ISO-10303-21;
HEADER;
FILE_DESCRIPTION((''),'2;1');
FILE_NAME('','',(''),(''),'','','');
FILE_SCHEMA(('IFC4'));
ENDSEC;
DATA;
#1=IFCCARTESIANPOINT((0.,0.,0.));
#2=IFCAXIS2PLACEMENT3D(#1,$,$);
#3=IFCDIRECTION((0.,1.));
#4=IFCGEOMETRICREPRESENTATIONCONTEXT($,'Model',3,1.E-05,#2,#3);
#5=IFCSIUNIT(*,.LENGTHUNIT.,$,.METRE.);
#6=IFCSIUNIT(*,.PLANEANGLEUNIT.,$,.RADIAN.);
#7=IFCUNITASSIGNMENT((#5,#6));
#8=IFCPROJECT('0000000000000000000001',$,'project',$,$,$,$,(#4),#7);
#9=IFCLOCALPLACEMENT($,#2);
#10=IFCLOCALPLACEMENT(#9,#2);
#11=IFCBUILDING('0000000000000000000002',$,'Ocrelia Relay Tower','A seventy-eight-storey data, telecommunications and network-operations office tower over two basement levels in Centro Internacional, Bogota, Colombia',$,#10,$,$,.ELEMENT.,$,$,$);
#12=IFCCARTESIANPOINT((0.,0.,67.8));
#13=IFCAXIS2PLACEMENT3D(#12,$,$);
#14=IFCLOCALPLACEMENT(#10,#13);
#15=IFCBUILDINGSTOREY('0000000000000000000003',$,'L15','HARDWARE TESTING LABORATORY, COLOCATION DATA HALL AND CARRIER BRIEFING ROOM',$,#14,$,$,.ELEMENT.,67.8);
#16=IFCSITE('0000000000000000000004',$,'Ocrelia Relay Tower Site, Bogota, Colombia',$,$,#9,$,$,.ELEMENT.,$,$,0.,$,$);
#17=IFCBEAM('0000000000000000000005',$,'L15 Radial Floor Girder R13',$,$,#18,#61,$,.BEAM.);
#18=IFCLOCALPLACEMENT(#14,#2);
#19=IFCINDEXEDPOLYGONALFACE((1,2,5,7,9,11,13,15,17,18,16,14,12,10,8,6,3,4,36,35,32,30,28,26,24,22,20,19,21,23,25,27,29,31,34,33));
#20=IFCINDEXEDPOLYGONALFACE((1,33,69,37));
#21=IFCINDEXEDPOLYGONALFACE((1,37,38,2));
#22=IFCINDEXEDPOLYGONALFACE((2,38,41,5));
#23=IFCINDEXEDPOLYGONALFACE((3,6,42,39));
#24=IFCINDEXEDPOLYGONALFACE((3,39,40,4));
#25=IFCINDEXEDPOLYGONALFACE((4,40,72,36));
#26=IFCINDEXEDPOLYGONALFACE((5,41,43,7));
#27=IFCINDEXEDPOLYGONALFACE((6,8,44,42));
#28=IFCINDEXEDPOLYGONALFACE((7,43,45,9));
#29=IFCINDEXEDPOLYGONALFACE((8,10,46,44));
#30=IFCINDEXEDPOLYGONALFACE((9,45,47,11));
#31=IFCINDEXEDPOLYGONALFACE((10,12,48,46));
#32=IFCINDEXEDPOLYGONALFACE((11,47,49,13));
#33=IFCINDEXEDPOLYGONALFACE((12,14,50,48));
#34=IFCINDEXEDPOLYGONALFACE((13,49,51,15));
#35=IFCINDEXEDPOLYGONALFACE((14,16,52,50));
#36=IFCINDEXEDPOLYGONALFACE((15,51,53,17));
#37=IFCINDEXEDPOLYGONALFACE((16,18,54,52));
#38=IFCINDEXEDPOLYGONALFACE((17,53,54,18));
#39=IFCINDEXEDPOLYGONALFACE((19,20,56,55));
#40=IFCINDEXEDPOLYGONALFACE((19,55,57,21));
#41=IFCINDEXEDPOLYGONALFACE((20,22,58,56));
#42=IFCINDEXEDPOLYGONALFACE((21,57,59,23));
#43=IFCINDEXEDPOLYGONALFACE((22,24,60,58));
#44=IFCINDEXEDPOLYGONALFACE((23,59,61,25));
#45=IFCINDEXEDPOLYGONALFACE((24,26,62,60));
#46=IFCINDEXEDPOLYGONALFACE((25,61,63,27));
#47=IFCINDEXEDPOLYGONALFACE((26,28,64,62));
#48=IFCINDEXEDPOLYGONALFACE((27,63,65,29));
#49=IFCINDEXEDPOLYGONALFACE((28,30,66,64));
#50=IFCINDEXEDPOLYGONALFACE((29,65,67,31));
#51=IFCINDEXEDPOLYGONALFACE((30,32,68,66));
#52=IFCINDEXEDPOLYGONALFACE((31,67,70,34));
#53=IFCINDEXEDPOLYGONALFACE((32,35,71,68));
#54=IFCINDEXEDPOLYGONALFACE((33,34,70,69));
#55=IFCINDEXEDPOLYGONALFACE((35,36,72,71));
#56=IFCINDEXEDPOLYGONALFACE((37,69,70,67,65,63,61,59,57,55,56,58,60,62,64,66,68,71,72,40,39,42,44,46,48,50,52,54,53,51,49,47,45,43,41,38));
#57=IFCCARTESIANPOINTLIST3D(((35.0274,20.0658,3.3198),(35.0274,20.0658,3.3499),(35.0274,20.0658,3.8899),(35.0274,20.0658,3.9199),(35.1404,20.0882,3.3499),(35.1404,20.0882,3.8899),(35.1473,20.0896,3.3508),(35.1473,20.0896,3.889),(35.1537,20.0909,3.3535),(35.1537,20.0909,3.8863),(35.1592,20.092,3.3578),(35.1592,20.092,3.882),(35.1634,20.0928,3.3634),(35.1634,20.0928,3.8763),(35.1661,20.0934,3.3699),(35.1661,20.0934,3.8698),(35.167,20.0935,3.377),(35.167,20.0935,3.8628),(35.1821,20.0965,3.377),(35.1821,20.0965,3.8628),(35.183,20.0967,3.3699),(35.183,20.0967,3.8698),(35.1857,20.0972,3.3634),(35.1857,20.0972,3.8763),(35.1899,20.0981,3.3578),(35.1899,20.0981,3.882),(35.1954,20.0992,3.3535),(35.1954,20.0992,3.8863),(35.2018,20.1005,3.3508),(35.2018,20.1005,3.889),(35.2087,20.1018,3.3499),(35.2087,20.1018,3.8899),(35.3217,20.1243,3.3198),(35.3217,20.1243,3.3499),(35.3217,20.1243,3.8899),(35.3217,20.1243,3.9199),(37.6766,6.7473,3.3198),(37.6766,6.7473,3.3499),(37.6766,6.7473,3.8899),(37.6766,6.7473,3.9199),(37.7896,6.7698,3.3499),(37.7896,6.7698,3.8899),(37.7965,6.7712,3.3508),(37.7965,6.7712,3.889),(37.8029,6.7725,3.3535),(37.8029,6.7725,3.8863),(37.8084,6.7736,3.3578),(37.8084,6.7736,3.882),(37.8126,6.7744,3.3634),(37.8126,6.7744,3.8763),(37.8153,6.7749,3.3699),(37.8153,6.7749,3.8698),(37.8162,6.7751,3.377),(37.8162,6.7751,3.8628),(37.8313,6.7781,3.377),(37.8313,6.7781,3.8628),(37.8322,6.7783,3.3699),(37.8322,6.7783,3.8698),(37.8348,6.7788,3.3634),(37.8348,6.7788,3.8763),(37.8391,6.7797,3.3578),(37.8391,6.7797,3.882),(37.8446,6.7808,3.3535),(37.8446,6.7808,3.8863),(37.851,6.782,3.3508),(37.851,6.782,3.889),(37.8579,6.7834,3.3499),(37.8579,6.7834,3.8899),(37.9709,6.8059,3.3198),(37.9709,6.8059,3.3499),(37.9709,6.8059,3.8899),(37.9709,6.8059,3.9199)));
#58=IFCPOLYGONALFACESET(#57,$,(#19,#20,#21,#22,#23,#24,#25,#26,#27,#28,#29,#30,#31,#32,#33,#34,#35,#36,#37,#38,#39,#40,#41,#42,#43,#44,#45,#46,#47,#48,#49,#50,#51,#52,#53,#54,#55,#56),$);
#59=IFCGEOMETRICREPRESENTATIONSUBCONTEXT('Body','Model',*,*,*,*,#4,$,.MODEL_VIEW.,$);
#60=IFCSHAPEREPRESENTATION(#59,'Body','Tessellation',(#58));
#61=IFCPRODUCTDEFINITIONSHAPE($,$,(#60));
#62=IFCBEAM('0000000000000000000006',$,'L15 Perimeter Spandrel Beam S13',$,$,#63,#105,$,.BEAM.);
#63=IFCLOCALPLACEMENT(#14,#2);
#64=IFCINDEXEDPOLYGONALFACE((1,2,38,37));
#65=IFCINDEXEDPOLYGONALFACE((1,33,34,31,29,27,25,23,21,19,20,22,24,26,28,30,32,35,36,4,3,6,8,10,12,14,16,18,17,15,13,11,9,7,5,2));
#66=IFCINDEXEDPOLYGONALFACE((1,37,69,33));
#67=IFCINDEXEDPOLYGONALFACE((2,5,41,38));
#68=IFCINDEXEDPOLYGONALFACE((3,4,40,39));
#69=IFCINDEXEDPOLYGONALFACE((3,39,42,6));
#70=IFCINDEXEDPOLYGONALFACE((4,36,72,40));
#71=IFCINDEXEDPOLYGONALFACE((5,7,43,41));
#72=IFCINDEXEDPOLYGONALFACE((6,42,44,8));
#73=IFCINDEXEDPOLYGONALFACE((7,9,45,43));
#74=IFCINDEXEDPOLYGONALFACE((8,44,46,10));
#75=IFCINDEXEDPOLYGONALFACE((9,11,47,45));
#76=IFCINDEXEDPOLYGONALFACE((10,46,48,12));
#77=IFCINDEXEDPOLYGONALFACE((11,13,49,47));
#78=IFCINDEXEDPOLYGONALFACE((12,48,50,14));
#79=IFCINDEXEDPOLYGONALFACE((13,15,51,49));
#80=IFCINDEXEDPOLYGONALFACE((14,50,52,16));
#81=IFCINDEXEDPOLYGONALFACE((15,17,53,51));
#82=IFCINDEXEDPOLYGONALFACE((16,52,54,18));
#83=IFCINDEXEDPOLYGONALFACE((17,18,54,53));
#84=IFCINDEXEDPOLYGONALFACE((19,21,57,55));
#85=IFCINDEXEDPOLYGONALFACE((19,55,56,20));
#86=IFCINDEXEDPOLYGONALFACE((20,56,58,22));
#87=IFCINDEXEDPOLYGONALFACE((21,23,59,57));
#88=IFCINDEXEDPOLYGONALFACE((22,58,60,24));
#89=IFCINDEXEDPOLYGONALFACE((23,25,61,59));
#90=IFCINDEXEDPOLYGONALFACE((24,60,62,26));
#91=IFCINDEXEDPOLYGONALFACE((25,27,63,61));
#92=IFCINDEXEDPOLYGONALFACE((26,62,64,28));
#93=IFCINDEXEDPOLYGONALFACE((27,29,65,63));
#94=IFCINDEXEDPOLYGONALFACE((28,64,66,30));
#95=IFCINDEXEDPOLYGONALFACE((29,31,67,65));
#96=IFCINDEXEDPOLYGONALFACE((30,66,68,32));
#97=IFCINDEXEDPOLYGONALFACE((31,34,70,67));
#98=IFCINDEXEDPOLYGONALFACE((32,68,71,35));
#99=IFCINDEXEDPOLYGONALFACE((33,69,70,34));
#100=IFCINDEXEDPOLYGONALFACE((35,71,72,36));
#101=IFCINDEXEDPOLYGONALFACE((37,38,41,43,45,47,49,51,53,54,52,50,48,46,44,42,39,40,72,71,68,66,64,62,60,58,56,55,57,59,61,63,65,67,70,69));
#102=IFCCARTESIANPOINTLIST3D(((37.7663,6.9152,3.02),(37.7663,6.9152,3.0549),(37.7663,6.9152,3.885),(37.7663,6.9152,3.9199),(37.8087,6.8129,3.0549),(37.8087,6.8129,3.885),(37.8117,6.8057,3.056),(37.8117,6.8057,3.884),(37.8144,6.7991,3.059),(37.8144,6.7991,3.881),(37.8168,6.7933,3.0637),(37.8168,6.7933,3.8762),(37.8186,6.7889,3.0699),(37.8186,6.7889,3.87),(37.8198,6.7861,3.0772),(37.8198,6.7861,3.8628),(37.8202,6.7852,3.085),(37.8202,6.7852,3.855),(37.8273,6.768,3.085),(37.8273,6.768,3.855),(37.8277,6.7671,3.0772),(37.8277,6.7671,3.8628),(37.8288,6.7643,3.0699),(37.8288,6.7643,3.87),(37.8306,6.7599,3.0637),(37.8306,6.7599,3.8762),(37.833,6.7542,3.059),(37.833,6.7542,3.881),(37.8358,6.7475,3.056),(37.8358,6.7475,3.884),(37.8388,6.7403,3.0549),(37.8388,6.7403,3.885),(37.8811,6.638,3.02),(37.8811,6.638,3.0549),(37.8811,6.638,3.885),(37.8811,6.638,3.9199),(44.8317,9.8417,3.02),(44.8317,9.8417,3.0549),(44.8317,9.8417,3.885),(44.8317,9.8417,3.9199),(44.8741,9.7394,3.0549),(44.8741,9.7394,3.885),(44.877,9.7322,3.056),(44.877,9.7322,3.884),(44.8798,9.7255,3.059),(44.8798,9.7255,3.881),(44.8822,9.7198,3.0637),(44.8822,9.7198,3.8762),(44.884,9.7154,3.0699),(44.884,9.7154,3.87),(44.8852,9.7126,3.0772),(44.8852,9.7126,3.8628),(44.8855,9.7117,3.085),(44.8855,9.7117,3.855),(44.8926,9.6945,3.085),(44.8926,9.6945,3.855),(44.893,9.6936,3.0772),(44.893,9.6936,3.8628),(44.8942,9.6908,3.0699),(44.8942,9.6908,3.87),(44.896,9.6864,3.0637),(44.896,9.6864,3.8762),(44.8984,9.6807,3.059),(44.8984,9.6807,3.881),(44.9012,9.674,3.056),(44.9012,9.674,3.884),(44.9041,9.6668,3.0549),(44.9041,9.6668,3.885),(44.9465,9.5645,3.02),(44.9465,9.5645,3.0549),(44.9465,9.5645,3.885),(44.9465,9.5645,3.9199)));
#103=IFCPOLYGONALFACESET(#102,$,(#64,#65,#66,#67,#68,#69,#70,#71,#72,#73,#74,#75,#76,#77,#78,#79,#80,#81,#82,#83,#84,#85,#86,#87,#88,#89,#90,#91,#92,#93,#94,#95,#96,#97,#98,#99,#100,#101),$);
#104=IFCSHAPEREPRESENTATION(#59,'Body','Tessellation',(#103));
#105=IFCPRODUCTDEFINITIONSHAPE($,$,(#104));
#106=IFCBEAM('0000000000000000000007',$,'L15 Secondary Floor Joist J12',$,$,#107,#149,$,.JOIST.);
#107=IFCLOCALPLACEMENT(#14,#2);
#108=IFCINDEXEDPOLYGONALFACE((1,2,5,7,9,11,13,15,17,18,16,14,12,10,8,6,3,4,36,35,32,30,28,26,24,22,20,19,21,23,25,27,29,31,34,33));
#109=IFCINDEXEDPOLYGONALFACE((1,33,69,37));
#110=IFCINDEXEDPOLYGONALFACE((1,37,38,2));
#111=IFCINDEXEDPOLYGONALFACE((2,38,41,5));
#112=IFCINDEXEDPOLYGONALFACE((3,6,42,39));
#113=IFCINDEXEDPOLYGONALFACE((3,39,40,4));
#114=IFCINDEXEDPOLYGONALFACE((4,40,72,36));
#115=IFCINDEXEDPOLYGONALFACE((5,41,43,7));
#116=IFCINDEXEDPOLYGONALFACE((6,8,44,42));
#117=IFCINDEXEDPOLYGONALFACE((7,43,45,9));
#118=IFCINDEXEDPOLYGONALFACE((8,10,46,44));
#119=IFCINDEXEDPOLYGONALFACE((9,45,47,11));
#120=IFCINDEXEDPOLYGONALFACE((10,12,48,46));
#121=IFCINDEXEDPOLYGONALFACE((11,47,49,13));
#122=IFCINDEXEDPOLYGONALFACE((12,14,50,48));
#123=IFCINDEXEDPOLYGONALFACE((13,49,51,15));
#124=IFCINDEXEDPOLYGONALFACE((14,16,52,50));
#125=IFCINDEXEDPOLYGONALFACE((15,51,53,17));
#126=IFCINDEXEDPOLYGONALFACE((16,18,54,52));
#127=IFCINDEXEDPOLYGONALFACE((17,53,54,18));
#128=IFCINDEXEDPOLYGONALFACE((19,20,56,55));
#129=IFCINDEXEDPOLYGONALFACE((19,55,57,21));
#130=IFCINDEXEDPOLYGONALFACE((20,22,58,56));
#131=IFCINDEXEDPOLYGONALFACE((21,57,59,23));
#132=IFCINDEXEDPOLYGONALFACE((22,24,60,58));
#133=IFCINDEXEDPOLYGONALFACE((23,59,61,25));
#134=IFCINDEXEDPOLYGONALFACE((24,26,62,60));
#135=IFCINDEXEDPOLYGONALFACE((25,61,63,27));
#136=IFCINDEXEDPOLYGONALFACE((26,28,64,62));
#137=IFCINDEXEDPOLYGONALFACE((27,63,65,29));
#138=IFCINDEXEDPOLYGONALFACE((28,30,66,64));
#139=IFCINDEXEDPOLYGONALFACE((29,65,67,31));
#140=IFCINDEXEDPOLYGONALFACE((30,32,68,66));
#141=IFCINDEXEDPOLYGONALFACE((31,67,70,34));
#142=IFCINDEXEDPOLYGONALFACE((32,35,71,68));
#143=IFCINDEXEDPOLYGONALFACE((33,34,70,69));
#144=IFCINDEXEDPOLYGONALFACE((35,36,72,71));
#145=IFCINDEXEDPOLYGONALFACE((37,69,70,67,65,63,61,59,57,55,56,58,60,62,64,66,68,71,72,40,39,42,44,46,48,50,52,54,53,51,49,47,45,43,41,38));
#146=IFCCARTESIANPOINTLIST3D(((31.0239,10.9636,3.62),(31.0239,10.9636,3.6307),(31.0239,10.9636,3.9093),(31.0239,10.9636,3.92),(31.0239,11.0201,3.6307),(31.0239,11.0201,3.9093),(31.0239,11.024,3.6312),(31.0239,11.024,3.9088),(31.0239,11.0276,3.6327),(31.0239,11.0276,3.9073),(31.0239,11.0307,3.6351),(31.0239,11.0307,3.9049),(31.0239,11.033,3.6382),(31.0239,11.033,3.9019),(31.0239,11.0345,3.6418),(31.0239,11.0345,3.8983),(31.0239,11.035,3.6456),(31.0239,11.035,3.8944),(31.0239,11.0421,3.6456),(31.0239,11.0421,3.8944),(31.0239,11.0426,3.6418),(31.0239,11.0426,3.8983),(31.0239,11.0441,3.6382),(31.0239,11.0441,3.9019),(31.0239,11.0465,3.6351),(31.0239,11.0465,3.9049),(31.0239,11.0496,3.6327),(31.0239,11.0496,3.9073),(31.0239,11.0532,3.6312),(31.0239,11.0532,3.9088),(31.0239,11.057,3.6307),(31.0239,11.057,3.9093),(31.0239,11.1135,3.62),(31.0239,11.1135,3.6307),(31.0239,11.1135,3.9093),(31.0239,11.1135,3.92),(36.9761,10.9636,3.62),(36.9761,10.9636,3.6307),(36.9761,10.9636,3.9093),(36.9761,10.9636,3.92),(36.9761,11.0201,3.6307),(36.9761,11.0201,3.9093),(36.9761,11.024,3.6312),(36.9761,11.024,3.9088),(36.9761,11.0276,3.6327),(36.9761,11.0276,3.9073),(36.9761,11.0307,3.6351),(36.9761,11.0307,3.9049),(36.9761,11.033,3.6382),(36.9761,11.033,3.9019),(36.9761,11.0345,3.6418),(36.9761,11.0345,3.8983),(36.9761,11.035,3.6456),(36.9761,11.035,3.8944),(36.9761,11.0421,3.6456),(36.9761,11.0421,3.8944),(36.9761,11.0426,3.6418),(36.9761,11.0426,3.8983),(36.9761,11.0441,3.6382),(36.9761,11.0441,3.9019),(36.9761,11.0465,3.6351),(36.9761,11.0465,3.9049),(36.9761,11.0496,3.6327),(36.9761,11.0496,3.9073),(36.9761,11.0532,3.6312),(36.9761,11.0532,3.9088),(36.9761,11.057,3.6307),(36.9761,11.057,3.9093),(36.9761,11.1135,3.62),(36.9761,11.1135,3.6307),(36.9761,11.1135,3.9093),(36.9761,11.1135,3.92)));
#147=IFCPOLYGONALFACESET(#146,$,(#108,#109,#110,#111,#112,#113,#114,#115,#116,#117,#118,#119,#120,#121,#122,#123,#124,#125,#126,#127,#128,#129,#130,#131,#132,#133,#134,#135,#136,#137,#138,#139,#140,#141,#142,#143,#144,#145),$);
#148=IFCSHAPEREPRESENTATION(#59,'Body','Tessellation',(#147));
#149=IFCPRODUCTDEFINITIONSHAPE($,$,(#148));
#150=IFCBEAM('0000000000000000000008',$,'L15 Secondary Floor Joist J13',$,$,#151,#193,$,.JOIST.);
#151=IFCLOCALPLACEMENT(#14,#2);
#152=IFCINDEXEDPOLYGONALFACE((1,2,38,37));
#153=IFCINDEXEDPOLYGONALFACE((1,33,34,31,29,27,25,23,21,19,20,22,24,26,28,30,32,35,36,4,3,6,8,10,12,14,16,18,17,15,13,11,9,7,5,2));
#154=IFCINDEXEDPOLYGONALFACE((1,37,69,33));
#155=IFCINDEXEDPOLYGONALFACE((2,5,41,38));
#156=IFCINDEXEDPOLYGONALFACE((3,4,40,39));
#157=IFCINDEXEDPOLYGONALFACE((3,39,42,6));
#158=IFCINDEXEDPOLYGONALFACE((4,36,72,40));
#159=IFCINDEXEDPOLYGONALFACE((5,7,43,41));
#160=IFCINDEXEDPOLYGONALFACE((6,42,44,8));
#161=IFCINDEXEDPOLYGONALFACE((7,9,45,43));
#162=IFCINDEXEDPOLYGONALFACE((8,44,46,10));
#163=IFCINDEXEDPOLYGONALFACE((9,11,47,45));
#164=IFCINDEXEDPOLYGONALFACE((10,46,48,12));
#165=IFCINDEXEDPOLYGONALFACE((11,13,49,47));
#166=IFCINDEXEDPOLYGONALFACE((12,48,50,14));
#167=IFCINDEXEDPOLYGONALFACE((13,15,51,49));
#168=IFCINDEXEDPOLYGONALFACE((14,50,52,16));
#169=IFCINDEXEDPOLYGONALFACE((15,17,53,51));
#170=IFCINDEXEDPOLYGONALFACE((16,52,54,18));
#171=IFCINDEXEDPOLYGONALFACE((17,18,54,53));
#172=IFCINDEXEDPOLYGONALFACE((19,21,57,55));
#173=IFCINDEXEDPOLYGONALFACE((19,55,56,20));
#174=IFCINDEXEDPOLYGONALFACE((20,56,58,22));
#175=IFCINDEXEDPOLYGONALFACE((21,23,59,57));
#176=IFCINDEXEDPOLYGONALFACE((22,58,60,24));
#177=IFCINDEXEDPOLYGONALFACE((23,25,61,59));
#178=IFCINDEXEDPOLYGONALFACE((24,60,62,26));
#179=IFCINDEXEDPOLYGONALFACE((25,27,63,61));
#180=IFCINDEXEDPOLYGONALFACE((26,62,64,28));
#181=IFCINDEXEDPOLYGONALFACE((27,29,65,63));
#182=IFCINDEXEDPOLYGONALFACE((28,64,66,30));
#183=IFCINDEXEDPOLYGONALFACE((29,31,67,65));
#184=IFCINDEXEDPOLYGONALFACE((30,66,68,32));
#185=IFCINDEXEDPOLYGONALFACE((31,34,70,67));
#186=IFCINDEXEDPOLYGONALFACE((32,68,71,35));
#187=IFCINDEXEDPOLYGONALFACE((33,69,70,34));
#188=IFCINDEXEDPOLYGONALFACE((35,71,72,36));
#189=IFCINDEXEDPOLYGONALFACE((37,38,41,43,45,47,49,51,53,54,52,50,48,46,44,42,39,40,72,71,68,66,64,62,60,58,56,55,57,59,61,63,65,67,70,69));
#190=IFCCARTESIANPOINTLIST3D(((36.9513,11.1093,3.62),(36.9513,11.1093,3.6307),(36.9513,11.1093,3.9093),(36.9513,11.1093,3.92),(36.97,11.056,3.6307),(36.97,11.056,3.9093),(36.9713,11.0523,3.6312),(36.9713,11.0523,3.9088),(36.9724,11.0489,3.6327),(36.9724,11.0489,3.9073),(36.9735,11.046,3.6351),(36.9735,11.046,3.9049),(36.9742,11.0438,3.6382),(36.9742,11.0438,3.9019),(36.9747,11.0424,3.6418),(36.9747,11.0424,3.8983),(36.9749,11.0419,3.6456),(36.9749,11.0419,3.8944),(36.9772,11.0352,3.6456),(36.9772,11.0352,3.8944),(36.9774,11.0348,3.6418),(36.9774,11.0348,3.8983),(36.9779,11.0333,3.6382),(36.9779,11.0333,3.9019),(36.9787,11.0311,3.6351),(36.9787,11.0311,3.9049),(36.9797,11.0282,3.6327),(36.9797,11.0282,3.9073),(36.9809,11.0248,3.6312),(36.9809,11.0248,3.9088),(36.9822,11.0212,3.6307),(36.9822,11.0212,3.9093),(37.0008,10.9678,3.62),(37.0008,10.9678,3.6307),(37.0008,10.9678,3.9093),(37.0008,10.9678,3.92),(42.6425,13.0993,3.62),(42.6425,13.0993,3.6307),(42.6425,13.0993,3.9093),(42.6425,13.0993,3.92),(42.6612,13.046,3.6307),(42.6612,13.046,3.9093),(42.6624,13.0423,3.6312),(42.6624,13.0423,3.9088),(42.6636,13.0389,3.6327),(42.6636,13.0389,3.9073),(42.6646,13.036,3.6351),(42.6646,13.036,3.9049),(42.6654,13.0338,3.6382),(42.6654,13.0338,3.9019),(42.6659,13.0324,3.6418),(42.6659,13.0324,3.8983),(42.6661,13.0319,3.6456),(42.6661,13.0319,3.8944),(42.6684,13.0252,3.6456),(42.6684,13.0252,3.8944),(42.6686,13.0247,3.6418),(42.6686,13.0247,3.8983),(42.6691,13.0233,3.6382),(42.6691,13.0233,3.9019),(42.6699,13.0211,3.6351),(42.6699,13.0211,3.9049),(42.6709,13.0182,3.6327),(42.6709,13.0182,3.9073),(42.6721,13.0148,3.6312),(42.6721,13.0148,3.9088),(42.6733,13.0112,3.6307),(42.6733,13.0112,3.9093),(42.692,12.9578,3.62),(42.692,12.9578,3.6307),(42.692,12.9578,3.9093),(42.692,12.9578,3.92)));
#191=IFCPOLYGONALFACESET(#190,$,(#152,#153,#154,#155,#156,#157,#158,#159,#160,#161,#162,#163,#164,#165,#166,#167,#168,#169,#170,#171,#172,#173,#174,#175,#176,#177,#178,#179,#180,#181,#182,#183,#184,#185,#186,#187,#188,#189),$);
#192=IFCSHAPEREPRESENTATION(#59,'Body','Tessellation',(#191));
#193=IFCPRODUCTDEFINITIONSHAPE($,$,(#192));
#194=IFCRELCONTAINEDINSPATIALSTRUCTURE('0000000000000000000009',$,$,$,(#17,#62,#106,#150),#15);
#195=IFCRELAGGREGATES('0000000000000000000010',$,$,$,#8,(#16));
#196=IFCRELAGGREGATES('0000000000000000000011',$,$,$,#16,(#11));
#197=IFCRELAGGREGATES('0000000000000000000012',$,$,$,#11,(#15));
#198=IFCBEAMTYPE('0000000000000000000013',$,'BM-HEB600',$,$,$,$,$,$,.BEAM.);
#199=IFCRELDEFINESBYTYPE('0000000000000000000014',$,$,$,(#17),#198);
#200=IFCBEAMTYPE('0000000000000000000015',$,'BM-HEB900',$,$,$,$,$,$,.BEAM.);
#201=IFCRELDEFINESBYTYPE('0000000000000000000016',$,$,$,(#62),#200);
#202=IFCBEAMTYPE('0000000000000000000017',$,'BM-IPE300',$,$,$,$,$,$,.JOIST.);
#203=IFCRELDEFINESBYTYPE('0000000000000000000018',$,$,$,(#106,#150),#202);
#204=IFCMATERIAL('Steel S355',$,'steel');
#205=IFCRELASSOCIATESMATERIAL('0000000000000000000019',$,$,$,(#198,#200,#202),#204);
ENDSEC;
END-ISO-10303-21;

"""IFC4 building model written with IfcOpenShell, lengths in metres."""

from ifc_helpers import new_model, si_unit, direction, frame, origin, origin_2d, place, context, subcontext, project, spatial, i_section, extrude, material, material_profile, profile_set, type_object, element, save


model = new_model("IFC4")

# Units and contexts
model_context = context("Model", 3, precision=1e-05, world=origin(), true_north=direction((0.0, 1.0)))
body_context = subcontext(model_context, "Body", "Model", "MODEL_VIEW")
ifc_project = project(units=[si_unit("LENGTHUNIT", "METRE"), si_unit("PLANEANGLEUNIT", "RADIAN")], contexts=[model_context])

# Site, building, storey
site_placement = place(None, origin())
site = spatial("IfcSite", under=ifc_project, at=site_placement, Name="Ocrelia Relay Tower Site, Bogota, Colombia", CompositionType="ELEMENT", RefElevation=0.0)
building_placement = place(site_placement, origin())
building = spatial("IfcBuilding", under=site, at=building_placement, Name="Ocrelia Relay Tower", Description="A seventy-eight-storey data, telecommunications and network-operations office tower over two basement levels in Centro Internacional, Bogota, Colombia", CompositionType="ELEMENT")
storey_placement = place(building_placement, frame((0.0, 0.0, 67.8)))
storey = spatial("IfcBuildingStorey", under=building, at=storey_placement, Name="L15", Description="HARDWARE TESTING LABORATORY, COLOCATION DATA HALL AND CARRIER BRIEFING ROOM", CompositionType="ELEMENT", Elevation=67.8)

# Beams
ifc_material_1 = material(Name="Steel S355", Category="steel")
ifc_material_profile_1 = material_profile(ifc_material_1, i_section(OverallWidth=0.3, OverallDepth=0.6001, WebThickness=0.0154, FlangeThickness=0.03, FilletRadius=0.0271, at=origin_2d()), Name="HEB 600")
ifc_profile_set_1 = profile_set([ifc_material_profile_1], Name="Steel S355")
beam_type_1 = type_object("IfcBeamType", Name="BM-HEB600", PredefinedType="BEAM", material=ifc_profile_set_1)
beam_1_placement = place(storey_placement, frame((37.8237, 6.7766, 3.6199), z_axis=(-0.195089, 0.980786, 0.0), x_axis=(-0.980786, -0.195089, 0.0)))
element("IfcBeam", 1, at=beam_1_placement, inside=storey, type_object=beam_type_1, Name="L15 Radial Floor Girder R13", PredefinedType="BEAM", context=body_context, shape_type="SweptSolid", body=[
    extrude(i_section(OverallWidth=0.3, OverallDepth=0.6001, WebThickness=0.0154, FlangeThickness=0.03, FilletRadius=0.0271, at=origin_2d()), origin(), (0.0, 0.0, 1.0), 13.5793),
])
ifc_material_profile_2 = material_profile(ifc_material_1, i_section(OverallWidth=0.3, OverallDepth=0.8999, WebThickness=0.0186, FlangeThickness=0.0349, FilletRadius=0.03, at=origin_2d()), Name="HEB 900")
ifc_profile_set_2 = profile_set([ifc_material_profile_2], Name="Steel S355")
beam_type_2 = type_object("IfcBeamType", Name="BM-HEB900", PredefinedType="BEAM", material=ifc_profile_set_2)
beam_2_placement = place(storey_placement, frame((37.8237, 6.7766, 3.47), z_axis=(0.923883, 0.382674, 0.0), x_axis=(-0.382674, 0.923883, 0.0)))
element("IfcBeam", 2, at=beam_2_placement, inside=storey, type_object=beam_type_2, Name="L15 Perimeter Spandrel Beam S13", PredefinedType="BEAM", context=body_context, shape_type="SweptSolid", body=[
    extrude(i_section(OverallWidth=0.3, OverallDepth=0.8999, WebThickness=0.0186, FlangeThickness=0.0349, FilletRadius=0.03, at=origin_2d()), origin(), (0.0, 0.0, 1.0), 7.6475),
])
ifc_material_profile_3 = material_profile(ifc_material_1, i_section(OverallWidth=0.1499, OverallDepth=0.3, WebThickness=0.0071, FlangeThickness=0.0107, FilletRadius=0.0149, at=origin_2d()), Name="IPE 300")
ifc_profile_set_3 = profile_set([ifc_material_profile_3], Name="Steel S355")
beam_type_3 = type_object("IfcBeamType", Name="BM-IPE300", PredefinedType="JOIST", material=ifc_profile_set_3)
beam_3_placement = place(storey_placement, frame((31.0239, 11.0386, 3.77), z_axis=(1.0, 0.0, 0.0), x_axis=(0.0, 1.0, 0.0)))
element("IfcBeam", 3, at=beam_3_placement, inside=storey, type_object=beam_type_3, Name="L15 Secondary Floor Joist J12", PredefinedType="JOIST", context=body_context, shape_type="SweptSolid", body=[
    extrude(i_section(OverallWidth=0.1499, OverallDepth=0.3, WebThickness=0.0071, FlangeThickness=0.0107, FilletRadius=0.0149, at=origin_2d()), origin(), (0.0, 0.0, 1.0), 5.9521),
])
beam_4_placement = place(storey_placement, frame((36.9761, 11.0386, 3.77), z_axis=(0.943957, 0.330067, 0.0), x_axis=(-0.330067, 0.943957, 0.0)))
element("IfcBeam", 4, at=beam_4_placement, inside=storey, type_object=beam_type_3, Name="L15 Secondary Floor Joist J13", PredefinedType="JOIST", context=body_context, shape_type="SweptSolid", body=[
    extrude(i_section(OverallWidth=0.1499, OverallDepth=0.3, WebThickness=0.0071, FlangeThickness=0.0107, FilletRadius=0.0149, at=origin_2d()), origin(), (0.0, 0.0, 1.0), 6.0291),
])

save(model, "model.ifc")
